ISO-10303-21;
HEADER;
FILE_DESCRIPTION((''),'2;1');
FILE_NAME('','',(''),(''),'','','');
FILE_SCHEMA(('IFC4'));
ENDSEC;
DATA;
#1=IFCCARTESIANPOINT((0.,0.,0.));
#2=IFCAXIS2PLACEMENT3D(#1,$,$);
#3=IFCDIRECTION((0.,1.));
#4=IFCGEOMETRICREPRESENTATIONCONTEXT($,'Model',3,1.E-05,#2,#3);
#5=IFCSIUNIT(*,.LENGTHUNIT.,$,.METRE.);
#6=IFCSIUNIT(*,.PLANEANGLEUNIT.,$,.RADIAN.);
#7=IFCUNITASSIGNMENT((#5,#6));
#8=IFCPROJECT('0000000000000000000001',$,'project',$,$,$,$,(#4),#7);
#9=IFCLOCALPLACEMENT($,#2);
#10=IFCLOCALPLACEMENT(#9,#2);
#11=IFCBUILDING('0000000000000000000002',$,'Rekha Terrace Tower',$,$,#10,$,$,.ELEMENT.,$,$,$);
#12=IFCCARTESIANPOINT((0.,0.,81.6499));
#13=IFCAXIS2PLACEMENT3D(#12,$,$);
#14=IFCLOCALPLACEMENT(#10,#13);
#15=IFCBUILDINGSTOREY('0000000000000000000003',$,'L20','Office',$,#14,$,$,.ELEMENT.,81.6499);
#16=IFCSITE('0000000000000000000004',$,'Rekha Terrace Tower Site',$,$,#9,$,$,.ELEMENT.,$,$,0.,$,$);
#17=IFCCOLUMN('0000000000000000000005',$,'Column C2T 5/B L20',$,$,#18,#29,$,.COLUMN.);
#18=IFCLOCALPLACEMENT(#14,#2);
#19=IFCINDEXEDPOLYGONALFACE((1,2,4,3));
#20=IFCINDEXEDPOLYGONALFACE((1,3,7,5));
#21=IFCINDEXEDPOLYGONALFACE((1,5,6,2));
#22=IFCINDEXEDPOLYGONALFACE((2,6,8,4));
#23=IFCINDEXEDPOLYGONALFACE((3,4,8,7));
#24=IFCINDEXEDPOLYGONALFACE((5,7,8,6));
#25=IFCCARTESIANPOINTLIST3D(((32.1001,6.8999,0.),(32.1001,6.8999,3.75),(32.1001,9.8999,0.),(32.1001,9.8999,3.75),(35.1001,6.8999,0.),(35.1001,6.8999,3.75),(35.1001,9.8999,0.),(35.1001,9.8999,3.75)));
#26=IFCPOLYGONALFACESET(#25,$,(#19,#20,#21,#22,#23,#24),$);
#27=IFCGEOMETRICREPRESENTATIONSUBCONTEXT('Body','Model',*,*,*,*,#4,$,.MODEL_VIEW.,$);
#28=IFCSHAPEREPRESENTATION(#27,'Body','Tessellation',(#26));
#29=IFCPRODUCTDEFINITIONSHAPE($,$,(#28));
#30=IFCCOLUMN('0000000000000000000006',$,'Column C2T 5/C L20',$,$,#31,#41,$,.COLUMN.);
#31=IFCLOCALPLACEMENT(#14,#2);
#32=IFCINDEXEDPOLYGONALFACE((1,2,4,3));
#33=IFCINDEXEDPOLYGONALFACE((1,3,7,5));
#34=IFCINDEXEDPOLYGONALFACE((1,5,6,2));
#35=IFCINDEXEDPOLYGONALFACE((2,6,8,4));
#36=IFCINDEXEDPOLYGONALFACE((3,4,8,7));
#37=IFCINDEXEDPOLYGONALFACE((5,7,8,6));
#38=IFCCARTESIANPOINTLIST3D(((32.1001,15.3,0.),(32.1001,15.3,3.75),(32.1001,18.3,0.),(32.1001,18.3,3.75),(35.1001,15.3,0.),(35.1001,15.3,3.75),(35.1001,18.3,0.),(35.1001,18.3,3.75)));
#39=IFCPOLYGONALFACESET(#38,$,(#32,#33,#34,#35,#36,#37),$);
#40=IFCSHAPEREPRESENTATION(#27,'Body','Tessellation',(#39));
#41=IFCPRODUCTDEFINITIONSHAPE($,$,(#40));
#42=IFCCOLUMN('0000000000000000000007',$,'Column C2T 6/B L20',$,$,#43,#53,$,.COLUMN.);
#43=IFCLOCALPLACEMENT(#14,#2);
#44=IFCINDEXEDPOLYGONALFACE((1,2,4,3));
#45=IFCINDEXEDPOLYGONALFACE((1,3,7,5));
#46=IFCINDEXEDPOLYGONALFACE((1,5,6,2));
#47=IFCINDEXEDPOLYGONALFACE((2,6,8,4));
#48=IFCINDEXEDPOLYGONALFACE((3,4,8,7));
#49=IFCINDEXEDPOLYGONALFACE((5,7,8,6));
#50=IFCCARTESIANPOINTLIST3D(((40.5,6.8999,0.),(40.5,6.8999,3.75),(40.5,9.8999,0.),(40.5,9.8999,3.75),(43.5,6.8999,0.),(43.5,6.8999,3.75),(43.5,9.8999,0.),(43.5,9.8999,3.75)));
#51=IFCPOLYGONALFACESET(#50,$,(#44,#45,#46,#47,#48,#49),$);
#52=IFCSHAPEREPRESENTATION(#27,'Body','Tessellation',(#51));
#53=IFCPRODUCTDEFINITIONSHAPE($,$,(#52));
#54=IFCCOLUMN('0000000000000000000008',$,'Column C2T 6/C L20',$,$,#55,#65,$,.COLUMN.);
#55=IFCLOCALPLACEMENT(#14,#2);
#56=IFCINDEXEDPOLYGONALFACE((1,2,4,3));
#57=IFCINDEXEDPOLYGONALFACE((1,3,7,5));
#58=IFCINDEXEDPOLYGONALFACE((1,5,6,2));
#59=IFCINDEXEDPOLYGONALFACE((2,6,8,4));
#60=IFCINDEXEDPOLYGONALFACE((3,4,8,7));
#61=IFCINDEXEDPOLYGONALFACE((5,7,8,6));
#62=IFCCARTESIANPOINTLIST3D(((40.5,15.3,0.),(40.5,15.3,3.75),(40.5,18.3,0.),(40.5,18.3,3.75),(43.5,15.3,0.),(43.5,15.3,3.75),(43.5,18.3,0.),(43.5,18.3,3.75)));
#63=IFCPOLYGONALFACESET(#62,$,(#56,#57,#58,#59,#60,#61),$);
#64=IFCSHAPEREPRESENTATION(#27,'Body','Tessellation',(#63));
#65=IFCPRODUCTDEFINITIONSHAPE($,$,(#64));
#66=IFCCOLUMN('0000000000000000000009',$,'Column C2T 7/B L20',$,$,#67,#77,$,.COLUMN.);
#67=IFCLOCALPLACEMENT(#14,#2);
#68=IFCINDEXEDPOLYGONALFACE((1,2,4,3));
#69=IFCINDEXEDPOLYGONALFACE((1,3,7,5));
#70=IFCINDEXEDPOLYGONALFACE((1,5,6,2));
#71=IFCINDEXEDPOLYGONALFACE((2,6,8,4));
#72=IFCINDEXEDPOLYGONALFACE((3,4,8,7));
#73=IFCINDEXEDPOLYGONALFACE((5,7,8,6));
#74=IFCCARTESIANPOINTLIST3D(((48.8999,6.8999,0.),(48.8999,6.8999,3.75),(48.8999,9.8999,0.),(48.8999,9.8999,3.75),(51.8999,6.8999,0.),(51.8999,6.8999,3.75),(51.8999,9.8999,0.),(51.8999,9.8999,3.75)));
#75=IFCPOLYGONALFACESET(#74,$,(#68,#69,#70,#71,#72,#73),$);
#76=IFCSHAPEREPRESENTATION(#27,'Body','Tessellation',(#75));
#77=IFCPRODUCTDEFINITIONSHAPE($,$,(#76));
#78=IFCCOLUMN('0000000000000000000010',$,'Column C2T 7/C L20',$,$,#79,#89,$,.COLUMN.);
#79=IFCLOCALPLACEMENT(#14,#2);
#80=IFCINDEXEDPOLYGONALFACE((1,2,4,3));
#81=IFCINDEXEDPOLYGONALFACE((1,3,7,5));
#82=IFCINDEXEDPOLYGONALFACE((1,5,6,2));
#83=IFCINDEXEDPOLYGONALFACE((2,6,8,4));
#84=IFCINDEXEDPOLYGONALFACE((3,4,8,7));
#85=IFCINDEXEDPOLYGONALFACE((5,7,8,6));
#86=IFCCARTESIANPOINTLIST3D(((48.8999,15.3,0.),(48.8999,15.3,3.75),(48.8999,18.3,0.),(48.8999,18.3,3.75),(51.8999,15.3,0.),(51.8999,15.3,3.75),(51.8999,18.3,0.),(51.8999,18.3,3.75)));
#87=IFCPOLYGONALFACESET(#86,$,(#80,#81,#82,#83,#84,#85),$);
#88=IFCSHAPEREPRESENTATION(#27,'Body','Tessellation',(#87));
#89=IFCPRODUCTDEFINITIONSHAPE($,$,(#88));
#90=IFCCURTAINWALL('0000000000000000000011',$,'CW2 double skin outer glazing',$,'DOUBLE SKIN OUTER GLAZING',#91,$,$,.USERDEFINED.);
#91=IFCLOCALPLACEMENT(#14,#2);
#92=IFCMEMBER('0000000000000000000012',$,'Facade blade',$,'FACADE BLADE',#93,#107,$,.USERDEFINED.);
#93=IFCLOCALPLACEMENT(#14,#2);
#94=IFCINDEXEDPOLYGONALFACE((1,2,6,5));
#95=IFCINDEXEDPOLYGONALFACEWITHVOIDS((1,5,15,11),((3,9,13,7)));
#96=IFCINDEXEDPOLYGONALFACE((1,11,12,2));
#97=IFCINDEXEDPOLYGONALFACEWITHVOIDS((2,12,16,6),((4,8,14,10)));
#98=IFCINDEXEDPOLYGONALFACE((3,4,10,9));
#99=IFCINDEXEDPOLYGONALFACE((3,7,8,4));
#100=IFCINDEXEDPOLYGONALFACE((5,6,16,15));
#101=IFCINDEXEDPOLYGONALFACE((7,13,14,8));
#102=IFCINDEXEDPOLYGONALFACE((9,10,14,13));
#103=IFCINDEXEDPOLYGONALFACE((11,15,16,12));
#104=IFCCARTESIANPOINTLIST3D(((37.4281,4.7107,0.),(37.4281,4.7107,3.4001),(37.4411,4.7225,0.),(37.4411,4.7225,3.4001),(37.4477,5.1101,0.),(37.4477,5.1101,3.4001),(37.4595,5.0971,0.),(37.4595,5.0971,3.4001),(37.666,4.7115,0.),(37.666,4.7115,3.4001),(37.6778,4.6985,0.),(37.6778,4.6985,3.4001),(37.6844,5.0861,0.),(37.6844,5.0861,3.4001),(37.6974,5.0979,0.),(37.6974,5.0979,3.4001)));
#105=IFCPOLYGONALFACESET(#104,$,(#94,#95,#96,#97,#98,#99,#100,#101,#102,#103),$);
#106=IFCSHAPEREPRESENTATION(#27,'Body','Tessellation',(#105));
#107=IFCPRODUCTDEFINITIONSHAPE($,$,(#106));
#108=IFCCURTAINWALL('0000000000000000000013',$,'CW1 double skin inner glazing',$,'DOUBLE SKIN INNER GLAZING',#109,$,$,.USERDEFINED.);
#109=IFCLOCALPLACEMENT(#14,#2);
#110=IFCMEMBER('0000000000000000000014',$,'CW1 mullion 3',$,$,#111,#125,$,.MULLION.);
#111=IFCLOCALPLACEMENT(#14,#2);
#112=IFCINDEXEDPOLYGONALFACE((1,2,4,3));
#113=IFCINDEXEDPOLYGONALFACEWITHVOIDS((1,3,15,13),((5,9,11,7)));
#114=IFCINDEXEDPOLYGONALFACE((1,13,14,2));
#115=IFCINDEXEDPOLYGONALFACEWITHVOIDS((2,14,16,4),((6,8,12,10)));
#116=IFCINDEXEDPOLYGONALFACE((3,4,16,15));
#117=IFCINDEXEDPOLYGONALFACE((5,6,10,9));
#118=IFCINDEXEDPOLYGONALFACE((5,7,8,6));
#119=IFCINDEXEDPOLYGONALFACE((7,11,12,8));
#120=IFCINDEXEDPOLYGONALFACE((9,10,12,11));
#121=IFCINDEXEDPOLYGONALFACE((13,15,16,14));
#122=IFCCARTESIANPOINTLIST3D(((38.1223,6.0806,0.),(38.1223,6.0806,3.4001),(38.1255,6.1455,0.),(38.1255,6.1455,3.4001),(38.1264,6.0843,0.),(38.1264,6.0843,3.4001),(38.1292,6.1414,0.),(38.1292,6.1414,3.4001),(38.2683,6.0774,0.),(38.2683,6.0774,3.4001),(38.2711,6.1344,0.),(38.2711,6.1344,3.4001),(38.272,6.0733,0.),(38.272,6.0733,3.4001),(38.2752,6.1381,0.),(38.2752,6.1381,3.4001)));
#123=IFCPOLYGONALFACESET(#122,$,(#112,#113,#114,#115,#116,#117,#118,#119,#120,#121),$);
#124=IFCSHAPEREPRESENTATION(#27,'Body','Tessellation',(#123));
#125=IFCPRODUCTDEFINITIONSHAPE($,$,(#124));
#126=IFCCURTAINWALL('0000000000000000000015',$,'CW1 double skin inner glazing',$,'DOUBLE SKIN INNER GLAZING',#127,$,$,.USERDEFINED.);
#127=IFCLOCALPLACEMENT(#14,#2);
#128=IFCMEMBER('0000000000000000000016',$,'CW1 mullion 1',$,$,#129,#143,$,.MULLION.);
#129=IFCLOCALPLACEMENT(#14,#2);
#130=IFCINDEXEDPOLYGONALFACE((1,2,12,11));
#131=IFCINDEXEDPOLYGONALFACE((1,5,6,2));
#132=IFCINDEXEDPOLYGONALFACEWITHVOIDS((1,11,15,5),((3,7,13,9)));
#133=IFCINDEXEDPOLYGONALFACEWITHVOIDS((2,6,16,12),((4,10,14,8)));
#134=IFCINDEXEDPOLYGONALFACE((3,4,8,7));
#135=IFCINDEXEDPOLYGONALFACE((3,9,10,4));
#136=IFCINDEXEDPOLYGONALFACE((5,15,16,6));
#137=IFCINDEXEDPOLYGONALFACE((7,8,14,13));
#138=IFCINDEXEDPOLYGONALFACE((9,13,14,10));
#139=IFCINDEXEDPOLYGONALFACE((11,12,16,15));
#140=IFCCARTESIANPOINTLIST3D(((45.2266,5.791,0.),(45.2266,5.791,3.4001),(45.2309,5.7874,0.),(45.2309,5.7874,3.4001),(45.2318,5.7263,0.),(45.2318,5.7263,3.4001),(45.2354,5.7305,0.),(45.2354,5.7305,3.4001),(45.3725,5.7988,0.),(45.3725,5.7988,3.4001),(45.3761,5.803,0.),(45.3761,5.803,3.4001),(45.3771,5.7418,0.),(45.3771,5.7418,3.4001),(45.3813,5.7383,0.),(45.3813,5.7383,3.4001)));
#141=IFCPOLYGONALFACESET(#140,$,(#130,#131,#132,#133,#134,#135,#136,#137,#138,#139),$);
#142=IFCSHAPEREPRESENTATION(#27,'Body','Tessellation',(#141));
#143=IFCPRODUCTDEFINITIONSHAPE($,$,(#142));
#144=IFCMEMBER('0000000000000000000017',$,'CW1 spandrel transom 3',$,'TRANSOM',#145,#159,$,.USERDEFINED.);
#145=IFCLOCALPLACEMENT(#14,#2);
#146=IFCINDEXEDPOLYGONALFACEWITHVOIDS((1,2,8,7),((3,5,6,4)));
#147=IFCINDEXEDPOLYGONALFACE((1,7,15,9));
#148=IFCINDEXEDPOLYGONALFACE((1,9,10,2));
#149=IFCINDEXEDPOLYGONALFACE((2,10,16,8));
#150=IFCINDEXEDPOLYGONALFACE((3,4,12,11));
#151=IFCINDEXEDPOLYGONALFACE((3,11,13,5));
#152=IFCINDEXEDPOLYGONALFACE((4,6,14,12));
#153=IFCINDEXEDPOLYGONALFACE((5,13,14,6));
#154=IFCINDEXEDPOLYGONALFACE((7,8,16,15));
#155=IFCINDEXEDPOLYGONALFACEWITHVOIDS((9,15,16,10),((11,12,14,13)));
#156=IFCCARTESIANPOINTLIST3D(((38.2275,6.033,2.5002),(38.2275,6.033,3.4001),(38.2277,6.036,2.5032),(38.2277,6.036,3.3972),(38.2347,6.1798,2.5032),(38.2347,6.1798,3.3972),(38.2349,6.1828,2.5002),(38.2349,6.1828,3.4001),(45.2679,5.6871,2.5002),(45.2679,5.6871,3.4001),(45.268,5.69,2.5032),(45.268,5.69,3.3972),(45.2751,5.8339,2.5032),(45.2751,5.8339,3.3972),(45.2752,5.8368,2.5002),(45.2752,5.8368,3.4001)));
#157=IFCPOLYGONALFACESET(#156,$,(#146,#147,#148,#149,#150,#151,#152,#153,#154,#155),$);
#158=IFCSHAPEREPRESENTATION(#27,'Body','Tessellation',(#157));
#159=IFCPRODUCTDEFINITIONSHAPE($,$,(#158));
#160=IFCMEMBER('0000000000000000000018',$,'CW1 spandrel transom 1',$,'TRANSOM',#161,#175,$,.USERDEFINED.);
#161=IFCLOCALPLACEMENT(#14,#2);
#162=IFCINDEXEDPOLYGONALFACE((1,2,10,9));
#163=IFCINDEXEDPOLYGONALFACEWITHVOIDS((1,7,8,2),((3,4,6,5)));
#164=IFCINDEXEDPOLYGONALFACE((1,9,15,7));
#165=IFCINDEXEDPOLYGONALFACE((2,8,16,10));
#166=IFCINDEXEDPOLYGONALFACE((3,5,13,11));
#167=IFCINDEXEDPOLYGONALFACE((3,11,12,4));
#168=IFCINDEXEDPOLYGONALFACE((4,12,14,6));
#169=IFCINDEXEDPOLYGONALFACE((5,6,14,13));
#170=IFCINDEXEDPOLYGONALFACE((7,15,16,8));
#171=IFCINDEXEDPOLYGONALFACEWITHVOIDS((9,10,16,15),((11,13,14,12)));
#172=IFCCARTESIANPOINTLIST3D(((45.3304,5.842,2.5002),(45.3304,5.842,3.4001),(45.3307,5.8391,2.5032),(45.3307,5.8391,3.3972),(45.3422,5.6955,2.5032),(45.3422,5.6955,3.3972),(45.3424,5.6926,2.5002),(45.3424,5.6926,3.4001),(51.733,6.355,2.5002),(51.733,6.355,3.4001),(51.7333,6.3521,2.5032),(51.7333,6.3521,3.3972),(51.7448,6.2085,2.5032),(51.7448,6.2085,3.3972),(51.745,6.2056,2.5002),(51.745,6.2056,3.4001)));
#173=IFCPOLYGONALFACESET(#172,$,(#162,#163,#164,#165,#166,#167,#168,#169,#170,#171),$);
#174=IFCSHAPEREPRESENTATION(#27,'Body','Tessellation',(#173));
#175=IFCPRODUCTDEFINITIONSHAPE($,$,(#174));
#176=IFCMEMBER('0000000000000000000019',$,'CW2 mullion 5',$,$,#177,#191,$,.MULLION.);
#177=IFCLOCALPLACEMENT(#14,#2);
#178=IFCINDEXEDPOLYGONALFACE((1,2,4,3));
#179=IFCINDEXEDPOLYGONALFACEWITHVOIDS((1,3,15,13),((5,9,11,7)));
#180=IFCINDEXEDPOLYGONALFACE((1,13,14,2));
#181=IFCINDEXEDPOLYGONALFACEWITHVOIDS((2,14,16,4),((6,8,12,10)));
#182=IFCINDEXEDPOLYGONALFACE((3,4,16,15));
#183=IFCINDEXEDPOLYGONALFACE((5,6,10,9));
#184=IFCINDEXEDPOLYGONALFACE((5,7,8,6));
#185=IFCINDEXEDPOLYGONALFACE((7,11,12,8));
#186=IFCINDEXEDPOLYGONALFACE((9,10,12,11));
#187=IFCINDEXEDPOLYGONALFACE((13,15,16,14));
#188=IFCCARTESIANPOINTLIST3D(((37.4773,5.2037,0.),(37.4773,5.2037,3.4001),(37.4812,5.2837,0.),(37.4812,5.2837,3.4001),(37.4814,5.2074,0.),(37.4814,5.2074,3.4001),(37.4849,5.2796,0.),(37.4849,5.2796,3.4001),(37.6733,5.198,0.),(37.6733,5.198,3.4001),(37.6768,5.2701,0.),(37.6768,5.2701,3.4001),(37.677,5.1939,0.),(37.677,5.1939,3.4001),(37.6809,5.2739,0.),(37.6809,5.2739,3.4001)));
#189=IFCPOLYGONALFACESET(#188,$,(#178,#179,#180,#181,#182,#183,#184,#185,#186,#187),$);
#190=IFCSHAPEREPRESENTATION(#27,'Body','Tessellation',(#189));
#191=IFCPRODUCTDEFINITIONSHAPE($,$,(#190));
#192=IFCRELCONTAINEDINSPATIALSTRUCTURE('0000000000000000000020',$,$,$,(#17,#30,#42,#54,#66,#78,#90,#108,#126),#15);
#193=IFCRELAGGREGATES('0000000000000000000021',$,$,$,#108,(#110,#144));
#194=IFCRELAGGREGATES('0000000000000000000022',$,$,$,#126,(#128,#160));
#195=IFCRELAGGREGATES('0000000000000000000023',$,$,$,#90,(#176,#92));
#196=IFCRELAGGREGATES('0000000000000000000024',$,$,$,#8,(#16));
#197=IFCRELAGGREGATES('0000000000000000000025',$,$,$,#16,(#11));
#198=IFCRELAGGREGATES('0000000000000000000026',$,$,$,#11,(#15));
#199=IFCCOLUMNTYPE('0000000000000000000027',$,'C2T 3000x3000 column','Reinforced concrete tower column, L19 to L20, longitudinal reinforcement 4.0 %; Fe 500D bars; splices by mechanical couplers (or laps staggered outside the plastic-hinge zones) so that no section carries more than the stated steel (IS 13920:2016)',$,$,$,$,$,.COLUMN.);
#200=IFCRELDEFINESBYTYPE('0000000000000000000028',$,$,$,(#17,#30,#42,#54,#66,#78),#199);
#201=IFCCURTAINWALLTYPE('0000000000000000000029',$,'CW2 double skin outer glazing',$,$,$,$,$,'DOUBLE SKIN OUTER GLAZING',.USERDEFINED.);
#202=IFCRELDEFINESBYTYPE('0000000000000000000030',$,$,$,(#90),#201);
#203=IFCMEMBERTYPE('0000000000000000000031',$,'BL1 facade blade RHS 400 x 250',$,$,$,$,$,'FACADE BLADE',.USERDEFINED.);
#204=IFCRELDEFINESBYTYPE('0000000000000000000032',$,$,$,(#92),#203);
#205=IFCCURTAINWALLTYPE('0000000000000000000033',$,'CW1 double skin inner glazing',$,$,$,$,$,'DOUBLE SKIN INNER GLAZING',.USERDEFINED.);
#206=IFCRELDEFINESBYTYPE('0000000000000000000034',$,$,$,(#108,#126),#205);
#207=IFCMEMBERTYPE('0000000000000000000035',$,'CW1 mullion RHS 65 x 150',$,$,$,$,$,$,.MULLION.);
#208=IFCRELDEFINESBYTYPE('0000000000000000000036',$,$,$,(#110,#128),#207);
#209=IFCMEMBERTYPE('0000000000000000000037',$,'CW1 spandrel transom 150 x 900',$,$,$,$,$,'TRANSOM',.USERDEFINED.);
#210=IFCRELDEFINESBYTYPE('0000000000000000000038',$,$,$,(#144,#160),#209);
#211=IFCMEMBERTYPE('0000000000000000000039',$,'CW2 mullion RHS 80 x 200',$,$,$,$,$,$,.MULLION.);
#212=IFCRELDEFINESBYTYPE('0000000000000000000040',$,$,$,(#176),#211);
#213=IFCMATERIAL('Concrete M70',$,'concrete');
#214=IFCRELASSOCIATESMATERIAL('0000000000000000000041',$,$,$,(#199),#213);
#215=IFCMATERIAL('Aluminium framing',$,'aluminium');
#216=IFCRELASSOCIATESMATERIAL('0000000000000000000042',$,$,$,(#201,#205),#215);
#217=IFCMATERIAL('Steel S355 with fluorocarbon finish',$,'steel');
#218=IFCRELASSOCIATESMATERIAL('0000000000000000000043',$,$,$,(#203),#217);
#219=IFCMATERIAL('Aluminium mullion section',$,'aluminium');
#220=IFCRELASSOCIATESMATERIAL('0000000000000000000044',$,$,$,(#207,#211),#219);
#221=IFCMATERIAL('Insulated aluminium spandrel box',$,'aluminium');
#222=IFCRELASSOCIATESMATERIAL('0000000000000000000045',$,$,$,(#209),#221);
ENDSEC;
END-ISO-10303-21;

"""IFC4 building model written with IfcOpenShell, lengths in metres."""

from ifc_helpers import new_model, si_unit, direction, frame, origin, origin_2d, place, context, subcontext, project, spatial, rectangle, hollow_rectangle, extrude, material, material_profile, profile_set, type_object, element, aggregate, save


model = new_model("IFC4")

# Units and contexts
model_context = context("Model", 3, precision=1e-05, world=origin(), true_north=direction((0.0, 1.0)))
body_context = subcontext(model_context, "Body", "Model", "MODEL_VIEW")
ifc_project = project(units=[si_unit("LENGTHUNIT", "METRE"), si_unit("PLANEANGLEUNIT", "RADIAN")], contexts=[model_context])

# Site, building, storey
site_placement = place(None, origin())
site = spatial("IfcSite", under=ifc_project, at=site_placement, Name="Rekha Terrace Tower Site", CompositionType="ELEMENT", RefElevation=0.0)
building_placement = place(site_placement, origin())
building = spatial("IfcBuilding", under=site, at=building_placement, Name="Rekha Terrace Tower", CompositionType="ELEMENT")
storey_placement = place(building_placement, frame((0.0, 0.0, 81.6499)))
storey = spatial("IfcBuildingStorey", under=building, at=storey_placement, Name="L20", Description="Office", CompositionType="ELEMENT", Elevation=81.6499)

# Columns
ifc_material_1 = material(Name="Concrete M70", Category="concrete")
ifc_material_profile_1 = material_profile(ifc_material_1, rectangle(XDim=3.0, YDim=3.0, at=origin_2d()), Name="RC 3000x3000")
ifc_profile_set_1 = profile_set([ifc_material_profile_1], Name="Concrete M70")
column_type = type_object("IfcColumnType", Name="C2T 3000x3000 column", Description="Reinforced concrete tower column, L19 to L20, longitudinal reinforcement 4.0 %; Fe 500D bars; splices by mechanical couplers (or laps staggered outside the plastic-hinge zones) so that no section carries more than the stated steel (IS 13920:2016)", PredefinedType="COLUMN", material=ifc_profile_set_1)
for number, where, z_axis, x_axis, name in (
    (1, (33.6001, 8.3999, 0.0), (0.0, 0.0, 1.0), (1.0, 0.0, 0.0), "Column C2T 5/B L20"),
    (2, (33.6001, 16.8, 0.0), (0.0, 0.0, 1.0), (1.0, 0.0, 0.0), "Column C2T 5/C L20"),
    (3, (42.0, 8.3999, 0.0), (0.0, 0.0, 1.0), (1.0, 0.0, 0.0), "Column C2T 6/B L20"),
    (4, (42.0, 16.8, 0.0), (0.0, 0.0, 1.0), (1.0, 0.0, 0.0), "Column C2T 6/C L20"),
    (5, (50.3999, 8.3999, 0.0), (0.0, 0.0, 1.0), (1.0, 0.0, 0.0), "Column C2T 7/B L20"),
    (6, (50.3999, 16.8, 0.0), (0.0, 0.0, 1.0), (1.0, 0.0, 0.0), "Column C2T 7/C L20"),
):
    element("IfcColumn", number, at=place(storey_placement, frame(where, z_axis=z_axis, x_axis=x_axis)), inside=storey, type_object=column_type, Name=name, PredefinedType="COLUMN", context=body_context, shape_type="SweptSolid", body=[
        extrude(rectangle(XDim=3.0, YDim=3.0, at=origin_2d()), origin(), (0.0, 0.0, 1.0), 3.75),
    ])

# Curtain walls, members
ifc_material_2 = material(Name="Aluminium framing", Category="aluminium")
curtain_wall_type_1 = type_object("IfcCurtainWallType", Name="CW2 double skin outer glazing", ElementType="DOUBLE SKIN OUTER GLAZING", PredefinedType="USERDEFINED", material=ifc_material_2)
curtain_wall_1_placement = place(storey_placement, origin())
curtain_wall_1 = element("IfcCurtainWall", 7, at=curtain_wall_1_placement, inside=storey, type_object=curtain_wall_type_1, Name="CW2 double skin outer glazing", ObjectType="DOUBLE SKIN OUTER GLAZING", PredefinedType="USERDEFINED")
ifc_material_3 = material(Name="Steel S355 with fluorocarbon finish", Category="steel")
ifc_material_profile_2 = material_profile(ifc_material_3, hollow_rectangle(XDim=0.25, YDim=0.3999, WallThickness=0.0125, at=origin_2d()), Name="RHS400x250x12.5")
ifc_profile_set_2 = profile_set([ifc_material_profile_2], Name="Steel S355 with fluorocarbon finish")
member_type_1 = type_object("IfcMemberType", Name="BL1 facade blade RHS 400 x 250", ElementType="FACADE BLADE", PredefinedType="USERDEFINED", material=ifc_profile_set_2)
member_1_placement = place(storey_placement, frame((37.5627, 4.9043, 0.0), z_axis=(0.0, 0.0, 1.0), x_axis=(0.998796, -0.049052, 0.0)))
member_1 = element("IfcMember", 8, at=member_1_placement, type_object=member_type_1, Name="Facade blade", ObjectType="FACADE BLADE", PredefinedType="USERDEFINED", context=body_context, shape_type="SweptSolid", body=[
    extrude(hollow_rectangle(XDim=0.25, YDim=0.3999, WallThickness=0.0125, at=origin_2d()), origin(), (0.0, 0.0, 1.0), 3.4001),
])
curtain_wall_type_2 = type_object("IfcCurtainWallType", Name="CW1 double skin inner glazing", ElementType="DOUBLE SKIN INNER GLAZING", PredefinedType="USERDEFINED", material=ifc_material_2)
curtain_wall_2_placement = place(storey_placement, origin())
curtain_wall_2 = element("IfcCurtainWall", 9, at=curtain_wall_2_placement, inside=storey, type_object=curtain_wall_type_2, Name="CW1 double skin inner glazing", ObjectType="DOUBLE SKIN INNER GLAZING", PredefinedType="USERDEFINED")
ifc_material_4 = material(Name="Aluminium mullion section", Category="aluminium")
ifc_material_profile_3 = material_profile(ifc_material_4, hollow_rectangle(XDim=0.0649, YDim=0.1499, WallThickness=0.0039, at=origin_2d()), Name="AL RHS 65x150")
ifc_profile_set_3 = profile_set([ifc_material_profile_3], Name="Aluminium mullion section")
member_type_2 = type_object("IfcMemberType", Name="CW1 mullion RHS 65 x 150", PredefinedType="MULLION", material=ifc_profile_set_3)
member_2_placement = place(storey_placement, frame((38.1987, 6.1094, 0.0), z_axis=(0.0, 0.0, 1.0), x_axis=(0.049052, 0.998796, 0.0)))
member_2 = element("IfcMember", 10, at=member_2_placement, type_object=member_type_2, Name="CW1 mullion 3", PredefinedType="MULLION", context=body_context, shape_type="SweptSolid", body=[
    extrude(hollow_rectangle(XDim=0.0649, YDim=0.1499, WallThickness=0.0039, at=origin_2d()), origin(), (0.0, 0.0, 1.0), 3.4001),
])
curtain_wall_3_placement = place(storey_placement, origin())
curtain_wall_3 = element("IfcCurtainWall", 11, at=curtain_wall_3_placement, inside=storey, type_object=curtain_wall_type_2, Name="CW1 double skin inner glazing", ObjectType="DOUBLE SKIN INNER GLAZING", PredefinedType="USERDEFINED")
member_3_placement = place(storey_placement, frame((45.304, 5.7646, 0.0), z_axis=(0.0, 0.0, 1.0), x_axis=(-0.079872, 0.996805, 0.0)))
member_3 = element("IfcMember", 12, at=member_3_placement, type_object=member_type_2, Name="CW1 mullion 1", PredefinedType="MULLION", context=body_context, shape_type="SweptSolid", body=[
    extrude(hollow_rectangle(XDim=0.0649, YDim=0.1499, WallThickness=0.0039, at=origin_2d()), origin(), (0.0, 0.0, 1.0), 3.4001),
])

# Members
ifc_material_5 = material(Name="Insulated aluminium spandrel box", Category="aluminium")
ifc_material_profile_4 = material_profile(ifc_material_5, hollow_rectangle(XDim=0.1499, YDim=0.8999, WallThickness=0.0029, at=origin_2d()), Name="AL SPANDREL BOX 150x900")
ifc_profile_set_4 = profile_set([ifc_material_profile_4], Name="Insulated aluminium spandrel box")
member_type_3 = type_object("IfcMemberType", Name="CW1 spandrel transom 150 x 900", ElementType="TRANSOM", PredefinedType="USERDEFINED", material=ifc_profile_set_4)
member_4_placement = place(storey_placement, frame((38.2312, 6.1079, 2.9502), z_axis=(0.998795, -0.049079, 0.0), x_axis=(0.049079, 0.998795, 0.0)))
member_4 = element("IfcMember", 13, at=member_4_placement, type_object=member_type_3, Name="CW1 spandrel transom 3", ObjectType="TRANSOM", PredefinedType="USERDEFINED", context=body_context, shape_type="SweptSolid", body=[
    extrude(hollow_rectangle(XDim=0.1499, YDim=0.8999, WallThickness=0.0029, at=origin_2d()), origin(), (0.0, 0.0, 1.0), 7.0488),
])
member_5_placement = place(storey_placement, frame((45.3364, 5.7673, 2.9502), z_axis=(0.996806, 0.079859, 0.0), x_axis=(-0.079859, 0.996806, 0.0)))
member_5 = element("IfcMember", 14, at=member_5_placement, type_object=member_type_3, Name="CW1 spandrel transom 1", ObjectType="TRANSOM", PredefinedType="USERDEFINED", context=body_context, shape_type="SweptSolid", body=[
    extrude(hollow_rectangle(XDim=0.1499, YDim=0.8999, WallThickness=0.0029, at=origin_2d()), origin(), (0.0, 0.0, 1.0), 6.4231),
])
ifc_material_profile_5 = material_profile(ifc_material_4, hollow_rectangle(XDim=0.0801, YDim=0.2, WallThickness=0.0039, at=origin_2d()), Name="AL RHS 80x200")
ifc_profile_set_5 = profile_set([ifc_material_profile_5], Name="Aluminium mullion section")
member_type_4 = type_object("IfcMemberType", Name="CW2 mullion RHS 80 x 200", PredefinedType="MULLION", material=ifc_profile_set_5)
member_6_placement = place(storey_placement, frame((37.5791, 5.2388, 0.0), z_axis=(0.0, 0.0, 1.0), x_axis=(0.049052, 0.998796, 0.0)))
member_6 = element("IfcMember", 15, at=member_6_placement, type_object=member_type_4, Name="CW2 mullion 5", PredefinedType="MULLION", context=body_context, shape_type="SweptSolid", body=[
    extrude(hollow_rectangle(XDim=0.0801, YDim=0.2, WallThickness=0.0039, at=origin_2d()), origin(), (0.0, 0.0, 1.0), 3.4001),
])

aggregate(curtain_wall_2, [member_2, member_4])
aggregate(curtain_wall_3, [member_3, member_5])
aggregate(curtain_wall_1, [member_6, member_1])

save(model, "model.ifc")
